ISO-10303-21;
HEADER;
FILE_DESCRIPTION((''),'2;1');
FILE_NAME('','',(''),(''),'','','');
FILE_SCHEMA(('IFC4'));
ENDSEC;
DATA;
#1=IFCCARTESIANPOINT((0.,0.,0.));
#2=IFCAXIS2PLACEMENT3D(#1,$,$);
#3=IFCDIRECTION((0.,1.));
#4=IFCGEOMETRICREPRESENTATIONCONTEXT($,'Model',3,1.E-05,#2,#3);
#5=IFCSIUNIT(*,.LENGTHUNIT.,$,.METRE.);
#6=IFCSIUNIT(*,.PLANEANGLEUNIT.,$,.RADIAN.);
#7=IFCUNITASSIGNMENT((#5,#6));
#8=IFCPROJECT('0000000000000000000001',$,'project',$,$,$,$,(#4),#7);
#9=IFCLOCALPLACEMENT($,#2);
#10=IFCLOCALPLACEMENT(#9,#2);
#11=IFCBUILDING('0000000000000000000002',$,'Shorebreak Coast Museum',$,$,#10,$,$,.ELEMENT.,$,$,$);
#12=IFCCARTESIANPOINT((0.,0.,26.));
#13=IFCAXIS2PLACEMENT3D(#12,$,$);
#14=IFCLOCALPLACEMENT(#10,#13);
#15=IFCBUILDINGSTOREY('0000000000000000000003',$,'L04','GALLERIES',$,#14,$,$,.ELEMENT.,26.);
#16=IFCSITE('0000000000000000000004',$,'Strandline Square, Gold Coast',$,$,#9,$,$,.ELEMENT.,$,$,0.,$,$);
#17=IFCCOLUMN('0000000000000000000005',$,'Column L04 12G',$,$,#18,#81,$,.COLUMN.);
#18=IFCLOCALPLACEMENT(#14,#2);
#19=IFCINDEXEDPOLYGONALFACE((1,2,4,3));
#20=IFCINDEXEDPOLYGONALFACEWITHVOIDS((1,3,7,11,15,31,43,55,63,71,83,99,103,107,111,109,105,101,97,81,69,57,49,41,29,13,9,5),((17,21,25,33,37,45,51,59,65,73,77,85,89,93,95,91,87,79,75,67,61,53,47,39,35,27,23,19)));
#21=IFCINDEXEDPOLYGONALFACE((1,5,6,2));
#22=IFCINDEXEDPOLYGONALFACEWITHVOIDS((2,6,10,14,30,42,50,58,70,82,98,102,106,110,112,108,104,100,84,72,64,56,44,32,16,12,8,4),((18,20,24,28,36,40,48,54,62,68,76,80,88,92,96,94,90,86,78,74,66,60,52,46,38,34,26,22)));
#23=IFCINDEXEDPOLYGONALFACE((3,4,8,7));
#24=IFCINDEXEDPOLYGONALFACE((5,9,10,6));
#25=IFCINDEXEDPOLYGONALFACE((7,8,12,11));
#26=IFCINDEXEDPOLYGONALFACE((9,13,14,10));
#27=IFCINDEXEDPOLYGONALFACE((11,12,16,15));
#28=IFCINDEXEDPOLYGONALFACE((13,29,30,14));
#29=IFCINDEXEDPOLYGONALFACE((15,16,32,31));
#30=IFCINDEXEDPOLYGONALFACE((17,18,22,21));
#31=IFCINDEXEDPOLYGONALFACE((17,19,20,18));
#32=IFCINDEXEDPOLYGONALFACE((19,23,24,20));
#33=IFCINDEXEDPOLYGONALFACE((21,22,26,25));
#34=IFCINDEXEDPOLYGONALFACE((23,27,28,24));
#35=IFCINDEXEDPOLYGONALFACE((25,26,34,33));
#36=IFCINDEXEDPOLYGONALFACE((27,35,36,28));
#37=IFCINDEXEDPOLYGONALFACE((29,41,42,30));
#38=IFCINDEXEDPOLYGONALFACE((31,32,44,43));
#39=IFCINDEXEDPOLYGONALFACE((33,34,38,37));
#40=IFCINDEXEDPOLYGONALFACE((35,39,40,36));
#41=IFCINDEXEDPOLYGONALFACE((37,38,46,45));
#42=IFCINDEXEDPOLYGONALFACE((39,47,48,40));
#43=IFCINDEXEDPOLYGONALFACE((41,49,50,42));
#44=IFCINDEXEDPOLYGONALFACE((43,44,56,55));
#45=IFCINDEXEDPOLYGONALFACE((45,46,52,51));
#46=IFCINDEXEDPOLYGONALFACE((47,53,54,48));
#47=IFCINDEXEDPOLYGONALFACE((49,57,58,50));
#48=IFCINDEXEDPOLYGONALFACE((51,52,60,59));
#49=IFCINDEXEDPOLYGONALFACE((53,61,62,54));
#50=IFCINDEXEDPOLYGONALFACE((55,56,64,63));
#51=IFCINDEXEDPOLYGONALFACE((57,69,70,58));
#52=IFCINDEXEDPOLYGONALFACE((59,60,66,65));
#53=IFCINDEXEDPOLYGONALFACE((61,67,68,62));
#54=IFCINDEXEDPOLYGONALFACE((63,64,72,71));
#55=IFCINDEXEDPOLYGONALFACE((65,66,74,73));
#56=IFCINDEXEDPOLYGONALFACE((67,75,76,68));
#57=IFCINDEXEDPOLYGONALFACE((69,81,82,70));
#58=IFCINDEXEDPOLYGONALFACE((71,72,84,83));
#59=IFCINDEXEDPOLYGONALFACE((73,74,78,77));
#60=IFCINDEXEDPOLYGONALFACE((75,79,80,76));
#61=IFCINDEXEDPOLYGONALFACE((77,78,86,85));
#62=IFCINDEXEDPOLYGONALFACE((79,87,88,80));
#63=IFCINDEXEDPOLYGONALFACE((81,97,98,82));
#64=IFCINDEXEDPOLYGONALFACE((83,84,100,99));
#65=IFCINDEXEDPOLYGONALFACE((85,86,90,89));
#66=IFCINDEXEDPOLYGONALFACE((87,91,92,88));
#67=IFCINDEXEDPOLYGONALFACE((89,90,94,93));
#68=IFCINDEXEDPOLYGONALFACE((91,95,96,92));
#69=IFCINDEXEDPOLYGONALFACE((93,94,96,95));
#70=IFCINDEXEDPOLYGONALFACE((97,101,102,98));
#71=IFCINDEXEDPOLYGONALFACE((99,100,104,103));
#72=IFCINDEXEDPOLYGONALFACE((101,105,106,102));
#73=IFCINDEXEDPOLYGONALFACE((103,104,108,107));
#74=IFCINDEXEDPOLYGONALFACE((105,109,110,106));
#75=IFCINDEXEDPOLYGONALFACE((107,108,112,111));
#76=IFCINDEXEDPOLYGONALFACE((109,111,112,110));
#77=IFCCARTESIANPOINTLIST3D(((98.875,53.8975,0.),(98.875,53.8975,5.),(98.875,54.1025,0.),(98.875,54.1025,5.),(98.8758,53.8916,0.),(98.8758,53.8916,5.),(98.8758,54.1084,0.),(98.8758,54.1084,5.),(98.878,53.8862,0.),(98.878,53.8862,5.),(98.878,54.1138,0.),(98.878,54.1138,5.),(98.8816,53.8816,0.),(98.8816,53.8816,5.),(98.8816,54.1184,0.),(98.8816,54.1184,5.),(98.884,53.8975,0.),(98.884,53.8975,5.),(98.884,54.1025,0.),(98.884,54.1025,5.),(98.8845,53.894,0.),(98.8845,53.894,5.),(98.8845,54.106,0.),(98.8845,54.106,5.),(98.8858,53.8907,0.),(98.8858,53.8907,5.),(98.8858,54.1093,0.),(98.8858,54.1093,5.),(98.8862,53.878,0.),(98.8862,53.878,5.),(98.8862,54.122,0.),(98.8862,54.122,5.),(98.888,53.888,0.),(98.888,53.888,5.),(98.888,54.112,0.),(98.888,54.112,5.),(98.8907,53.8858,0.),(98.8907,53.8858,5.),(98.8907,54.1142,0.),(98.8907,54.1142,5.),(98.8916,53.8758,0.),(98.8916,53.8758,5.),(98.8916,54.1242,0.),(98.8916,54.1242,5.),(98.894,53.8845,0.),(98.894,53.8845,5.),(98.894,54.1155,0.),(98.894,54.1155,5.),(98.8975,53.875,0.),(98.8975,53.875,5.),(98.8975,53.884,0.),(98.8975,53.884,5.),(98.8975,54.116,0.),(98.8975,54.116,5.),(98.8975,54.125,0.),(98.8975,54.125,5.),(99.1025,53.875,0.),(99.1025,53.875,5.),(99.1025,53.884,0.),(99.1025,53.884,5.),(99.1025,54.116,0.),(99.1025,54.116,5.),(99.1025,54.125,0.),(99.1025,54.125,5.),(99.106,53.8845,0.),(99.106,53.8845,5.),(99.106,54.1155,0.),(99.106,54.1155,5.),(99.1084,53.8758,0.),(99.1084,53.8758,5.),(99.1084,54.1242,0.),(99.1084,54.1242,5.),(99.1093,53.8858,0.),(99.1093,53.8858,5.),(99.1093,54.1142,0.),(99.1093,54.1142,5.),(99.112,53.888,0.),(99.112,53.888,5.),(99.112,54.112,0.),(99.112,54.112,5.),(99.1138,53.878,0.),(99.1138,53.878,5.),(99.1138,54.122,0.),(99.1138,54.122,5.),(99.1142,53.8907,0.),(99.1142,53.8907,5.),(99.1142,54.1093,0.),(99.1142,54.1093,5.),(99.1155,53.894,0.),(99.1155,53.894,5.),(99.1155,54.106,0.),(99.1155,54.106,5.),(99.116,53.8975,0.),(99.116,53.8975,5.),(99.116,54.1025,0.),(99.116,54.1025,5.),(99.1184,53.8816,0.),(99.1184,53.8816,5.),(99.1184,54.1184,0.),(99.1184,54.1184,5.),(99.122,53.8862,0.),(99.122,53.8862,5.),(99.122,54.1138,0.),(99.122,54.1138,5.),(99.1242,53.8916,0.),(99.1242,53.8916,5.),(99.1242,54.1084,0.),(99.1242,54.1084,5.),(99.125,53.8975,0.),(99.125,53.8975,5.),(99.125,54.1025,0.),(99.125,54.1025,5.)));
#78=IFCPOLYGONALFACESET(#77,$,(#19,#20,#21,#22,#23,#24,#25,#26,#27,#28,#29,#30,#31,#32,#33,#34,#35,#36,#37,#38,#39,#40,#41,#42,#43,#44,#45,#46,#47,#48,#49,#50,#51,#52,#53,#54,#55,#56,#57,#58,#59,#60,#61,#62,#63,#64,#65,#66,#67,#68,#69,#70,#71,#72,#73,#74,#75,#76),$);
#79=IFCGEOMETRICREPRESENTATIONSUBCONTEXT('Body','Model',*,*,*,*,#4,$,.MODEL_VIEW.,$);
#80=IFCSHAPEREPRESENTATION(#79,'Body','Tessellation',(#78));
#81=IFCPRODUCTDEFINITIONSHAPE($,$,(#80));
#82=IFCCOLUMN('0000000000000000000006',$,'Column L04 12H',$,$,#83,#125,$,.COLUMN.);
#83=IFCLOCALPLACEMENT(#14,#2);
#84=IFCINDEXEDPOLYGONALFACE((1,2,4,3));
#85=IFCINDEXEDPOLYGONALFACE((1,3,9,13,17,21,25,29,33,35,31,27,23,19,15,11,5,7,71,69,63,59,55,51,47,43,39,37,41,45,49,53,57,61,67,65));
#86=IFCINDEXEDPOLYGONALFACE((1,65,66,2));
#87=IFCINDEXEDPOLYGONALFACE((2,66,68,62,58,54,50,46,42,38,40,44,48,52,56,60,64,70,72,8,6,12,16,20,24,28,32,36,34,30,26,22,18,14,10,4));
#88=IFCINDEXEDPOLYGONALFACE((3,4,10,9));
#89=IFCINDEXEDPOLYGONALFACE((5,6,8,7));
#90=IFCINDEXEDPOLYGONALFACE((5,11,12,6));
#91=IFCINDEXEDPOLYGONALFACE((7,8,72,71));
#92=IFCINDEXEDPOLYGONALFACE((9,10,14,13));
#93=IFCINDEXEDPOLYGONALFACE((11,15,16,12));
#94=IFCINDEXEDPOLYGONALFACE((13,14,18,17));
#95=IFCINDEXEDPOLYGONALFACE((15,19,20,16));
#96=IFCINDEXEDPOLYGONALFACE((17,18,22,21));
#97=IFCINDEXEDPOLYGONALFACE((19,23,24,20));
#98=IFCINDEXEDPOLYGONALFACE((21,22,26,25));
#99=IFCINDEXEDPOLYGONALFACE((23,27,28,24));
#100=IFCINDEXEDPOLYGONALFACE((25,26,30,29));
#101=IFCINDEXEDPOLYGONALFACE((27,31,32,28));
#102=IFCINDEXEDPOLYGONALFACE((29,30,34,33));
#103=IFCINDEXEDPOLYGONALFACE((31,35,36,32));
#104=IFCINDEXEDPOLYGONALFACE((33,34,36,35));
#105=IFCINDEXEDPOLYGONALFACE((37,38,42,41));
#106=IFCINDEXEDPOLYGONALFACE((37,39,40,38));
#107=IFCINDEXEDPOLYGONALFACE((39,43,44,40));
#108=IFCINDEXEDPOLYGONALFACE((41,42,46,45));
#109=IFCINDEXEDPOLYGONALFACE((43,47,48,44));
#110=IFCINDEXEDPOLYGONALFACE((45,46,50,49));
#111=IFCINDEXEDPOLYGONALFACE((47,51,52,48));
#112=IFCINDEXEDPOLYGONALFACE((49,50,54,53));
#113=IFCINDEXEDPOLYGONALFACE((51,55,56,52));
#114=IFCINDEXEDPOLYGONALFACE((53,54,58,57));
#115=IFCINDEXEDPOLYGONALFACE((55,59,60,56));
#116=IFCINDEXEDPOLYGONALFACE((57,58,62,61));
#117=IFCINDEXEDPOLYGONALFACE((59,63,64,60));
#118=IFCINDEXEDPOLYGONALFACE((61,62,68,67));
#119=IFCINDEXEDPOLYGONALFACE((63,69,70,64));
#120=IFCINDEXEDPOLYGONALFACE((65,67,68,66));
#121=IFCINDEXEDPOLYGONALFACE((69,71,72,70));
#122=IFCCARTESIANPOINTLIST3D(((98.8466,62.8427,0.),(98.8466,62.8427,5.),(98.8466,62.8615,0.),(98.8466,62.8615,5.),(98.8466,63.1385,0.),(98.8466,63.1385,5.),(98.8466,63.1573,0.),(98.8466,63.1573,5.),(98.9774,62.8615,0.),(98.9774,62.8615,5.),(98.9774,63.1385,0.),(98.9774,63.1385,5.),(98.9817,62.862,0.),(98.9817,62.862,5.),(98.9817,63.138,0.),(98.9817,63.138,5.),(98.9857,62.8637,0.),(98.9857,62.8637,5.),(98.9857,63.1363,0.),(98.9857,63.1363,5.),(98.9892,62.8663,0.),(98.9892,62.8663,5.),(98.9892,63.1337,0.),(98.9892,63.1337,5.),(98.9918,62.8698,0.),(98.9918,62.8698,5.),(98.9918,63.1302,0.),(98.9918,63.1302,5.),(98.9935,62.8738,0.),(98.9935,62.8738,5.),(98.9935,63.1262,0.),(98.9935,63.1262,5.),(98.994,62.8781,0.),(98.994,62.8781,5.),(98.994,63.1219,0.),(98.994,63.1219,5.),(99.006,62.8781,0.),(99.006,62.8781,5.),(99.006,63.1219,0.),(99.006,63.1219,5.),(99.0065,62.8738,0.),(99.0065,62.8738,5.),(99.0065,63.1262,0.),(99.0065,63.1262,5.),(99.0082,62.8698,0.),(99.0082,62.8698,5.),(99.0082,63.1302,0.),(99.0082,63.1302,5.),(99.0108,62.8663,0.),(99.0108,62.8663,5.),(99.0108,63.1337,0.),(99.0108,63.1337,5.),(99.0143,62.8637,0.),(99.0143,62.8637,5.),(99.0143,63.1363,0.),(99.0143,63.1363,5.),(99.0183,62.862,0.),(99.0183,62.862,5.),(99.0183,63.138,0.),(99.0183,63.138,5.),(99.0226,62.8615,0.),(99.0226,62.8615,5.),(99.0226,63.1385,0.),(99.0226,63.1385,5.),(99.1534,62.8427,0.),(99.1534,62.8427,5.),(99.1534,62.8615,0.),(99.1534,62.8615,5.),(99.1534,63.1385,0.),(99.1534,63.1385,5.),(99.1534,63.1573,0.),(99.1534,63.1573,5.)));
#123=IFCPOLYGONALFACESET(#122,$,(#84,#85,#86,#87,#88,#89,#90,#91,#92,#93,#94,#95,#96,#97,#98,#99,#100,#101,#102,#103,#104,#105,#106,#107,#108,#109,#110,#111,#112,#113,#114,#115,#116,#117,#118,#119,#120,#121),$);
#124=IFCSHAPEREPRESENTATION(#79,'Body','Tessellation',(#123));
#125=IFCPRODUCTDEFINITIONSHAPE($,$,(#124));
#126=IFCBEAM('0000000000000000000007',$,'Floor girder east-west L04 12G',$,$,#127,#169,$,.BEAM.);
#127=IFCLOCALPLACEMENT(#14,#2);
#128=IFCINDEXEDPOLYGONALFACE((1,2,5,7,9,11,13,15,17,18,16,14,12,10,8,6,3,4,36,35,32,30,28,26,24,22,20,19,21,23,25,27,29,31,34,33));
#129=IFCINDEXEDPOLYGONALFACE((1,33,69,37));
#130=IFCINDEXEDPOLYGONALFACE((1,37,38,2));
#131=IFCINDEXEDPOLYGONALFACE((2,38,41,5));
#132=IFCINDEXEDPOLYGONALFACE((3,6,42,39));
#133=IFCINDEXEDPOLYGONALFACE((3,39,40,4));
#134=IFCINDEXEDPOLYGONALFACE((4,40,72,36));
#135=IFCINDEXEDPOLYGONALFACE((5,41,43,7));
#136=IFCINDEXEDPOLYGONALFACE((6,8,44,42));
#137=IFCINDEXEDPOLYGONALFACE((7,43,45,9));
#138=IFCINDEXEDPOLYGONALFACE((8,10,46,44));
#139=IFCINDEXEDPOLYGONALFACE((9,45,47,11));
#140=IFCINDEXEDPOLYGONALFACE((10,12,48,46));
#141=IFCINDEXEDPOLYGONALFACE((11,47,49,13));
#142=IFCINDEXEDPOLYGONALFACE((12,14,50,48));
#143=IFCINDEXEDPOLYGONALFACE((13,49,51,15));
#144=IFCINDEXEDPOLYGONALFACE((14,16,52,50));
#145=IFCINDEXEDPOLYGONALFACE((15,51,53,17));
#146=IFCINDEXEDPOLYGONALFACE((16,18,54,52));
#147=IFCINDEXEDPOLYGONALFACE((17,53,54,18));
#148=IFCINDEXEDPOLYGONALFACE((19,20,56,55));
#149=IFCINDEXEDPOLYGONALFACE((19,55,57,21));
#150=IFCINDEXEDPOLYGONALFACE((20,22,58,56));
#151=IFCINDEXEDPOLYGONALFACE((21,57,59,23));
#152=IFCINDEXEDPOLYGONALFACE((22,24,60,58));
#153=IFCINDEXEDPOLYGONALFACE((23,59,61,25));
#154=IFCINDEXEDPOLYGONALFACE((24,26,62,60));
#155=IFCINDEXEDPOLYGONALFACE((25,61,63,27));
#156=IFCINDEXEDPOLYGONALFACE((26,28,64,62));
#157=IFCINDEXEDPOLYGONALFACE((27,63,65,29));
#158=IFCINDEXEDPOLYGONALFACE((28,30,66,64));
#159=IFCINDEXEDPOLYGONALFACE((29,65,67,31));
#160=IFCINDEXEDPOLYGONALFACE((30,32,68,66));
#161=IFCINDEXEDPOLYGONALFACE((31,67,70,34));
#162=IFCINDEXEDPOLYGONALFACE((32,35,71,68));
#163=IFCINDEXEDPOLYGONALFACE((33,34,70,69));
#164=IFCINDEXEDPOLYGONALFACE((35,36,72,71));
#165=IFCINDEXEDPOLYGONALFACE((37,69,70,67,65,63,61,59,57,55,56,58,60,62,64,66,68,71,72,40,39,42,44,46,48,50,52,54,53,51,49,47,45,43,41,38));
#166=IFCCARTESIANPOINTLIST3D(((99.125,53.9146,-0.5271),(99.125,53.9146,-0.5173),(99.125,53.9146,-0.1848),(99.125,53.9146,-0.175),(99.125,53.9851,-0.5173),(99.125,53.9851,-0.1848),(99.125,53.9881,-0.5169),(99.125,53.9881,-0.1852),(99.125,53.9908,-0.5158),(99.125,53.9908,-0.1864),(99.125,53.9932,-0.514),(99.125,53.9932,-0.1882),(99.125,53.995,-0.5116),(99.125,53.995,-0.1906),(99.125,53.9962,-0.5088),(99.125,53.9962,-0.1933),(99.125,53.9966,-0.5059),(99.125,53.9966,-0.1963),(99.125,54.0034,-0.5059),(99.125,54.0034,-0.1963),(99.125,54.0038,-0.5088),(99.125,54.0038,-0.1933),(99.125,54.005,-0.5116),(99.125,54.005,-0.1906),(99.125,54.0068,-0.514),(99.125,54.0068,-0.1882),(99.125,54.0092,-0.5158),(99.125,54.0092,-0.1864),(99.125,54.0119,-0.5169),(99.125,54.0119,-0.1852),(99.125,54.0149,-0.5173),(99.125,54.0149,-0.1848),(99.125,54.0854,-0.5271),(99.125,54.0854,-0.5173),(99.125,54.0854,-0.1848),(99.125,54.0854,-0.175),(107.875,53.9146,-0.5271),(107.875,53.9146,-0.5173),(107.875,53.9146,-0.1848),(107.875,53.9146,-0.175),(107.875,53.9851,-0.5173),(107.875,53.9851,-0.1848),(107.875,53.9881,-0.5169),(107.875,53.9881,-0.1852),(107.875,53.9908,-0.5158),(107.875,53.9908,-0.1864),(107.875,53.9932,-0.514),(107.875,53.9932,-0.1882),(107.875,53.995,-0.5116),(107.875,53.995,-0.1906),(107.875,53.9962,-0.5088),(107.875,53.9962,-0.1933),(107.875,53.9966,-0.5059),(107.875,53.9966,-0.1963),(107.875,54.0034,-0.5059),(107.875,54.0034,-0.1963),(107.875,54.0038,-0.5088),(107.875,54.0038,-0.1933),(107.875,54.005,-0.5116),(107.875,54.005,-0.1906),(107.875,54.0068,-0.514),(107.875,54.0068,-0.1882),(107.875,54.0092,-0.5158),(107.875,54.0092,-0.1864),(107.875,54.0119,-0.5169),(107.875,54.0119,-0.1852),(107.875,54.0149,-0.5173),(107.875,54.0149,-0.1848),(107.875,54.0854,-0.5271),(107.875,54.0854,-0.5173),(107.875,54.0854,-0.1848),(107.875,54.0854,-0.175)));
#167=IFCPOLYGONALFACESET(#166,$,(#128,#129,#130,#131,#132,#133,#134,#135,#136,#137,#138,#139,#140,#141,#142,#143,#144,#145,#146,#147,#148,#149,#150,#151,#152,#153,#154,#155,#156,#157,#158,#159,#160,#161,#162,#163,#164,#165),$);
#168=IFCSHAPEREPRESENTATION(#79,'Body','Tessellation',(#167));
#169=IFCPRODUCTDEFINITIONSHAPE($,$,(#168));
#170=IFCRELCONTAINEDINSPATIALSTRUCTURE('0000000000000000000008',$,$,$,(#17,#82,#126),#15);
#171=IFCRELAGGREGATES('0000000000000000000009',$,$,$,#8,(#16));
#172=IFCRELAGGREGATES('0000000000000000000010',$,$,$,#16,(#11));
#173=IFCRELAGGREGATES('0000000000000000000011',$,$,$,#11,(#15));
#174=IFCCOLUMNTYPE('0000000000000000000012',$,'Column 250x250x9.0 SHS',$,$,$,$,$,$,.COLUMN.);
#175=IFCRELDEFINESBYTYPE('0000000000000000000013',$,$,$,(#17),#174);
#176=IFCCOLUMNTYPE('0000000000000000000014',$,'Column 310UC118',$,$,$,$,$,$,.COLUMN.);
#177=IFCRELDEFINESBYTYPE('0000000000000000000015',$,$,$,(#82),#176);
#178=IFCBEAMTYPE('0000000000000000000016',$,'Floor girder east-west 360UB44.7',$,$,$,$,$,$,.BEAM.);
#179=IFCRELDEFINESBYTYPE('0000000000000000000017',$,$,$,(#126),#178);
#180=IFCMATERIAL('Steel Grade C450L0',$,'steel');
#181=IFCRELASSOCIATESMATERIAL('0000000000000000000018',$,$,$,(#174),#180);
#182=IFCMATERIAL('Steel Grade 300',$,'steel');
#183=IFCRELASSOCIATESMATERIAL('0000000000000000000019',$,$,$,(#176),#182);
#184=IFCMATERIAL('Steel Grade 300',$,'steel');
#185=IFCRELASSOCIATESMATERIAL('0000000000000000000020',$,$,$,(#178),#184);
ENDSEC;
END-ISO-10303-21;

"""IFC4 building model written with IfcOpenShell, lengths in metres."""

from ifc_helpers import new_model, si_unit, direction, frame, origin, origin_2d, place, context, subcontext, project, spatial, hollow_rectangle, i_section, extrude, material, material_profile, profile_set, type_object, element, save


model = new_model("IFC4")

# Units and contexts
model_context = context("Model", 3, precision=1e-05, world=origin(), true_north=direction((0.0, 1.0)))
body_context = subcontext(model_context, "Body", "Model", "MODEL_VIEW")
ifc_project = project(units=[si_unit("LENGTHUNIT", "METRE"), si_unit("PLANEANGLEUNIT", "RADIAN")], contexts=[model_context])

# Site, building, storey
site_placement = place(None, origin())
site = spatial("IfcSite", under=ifc_project, at=site_placement, Name="Strandline Square, Gold Coast", CompositionType="ELEMENT", RefElevation=0.0)
building_placement = place(site_placement, origin())
building = spatial("IfcBuilding", under=site, at=building_placement, Name="Shorebreak Coast Museum", CompositionType="ELEMENT")
storey_placement = place(building_placement, frame((0.0, 0.0, 26.0)))
storey = spatial("IfcBuildingStorey", under=building, at=storey_placement, Name="L04", Description="GALLERIES", CompositionType="ELEMENT", Elevation=26.0)

# Columns
ifc_material_1 = material(Name="Steel Grade C450L0", Category="steel")
ifc_material_profile_1 = material_profile(ifc_material_1, hollow_rectangle(XDim=0.25, YDim=0.25, WallThickness=0.009, InnerFilletRadius=0.0134, OuterFilletRadius=0.0225, at=origin_2d()), Name="250x250x9.0 SHS")
ifc_profile_set_1 = profile_set([ifc_material_profile_1], Name="Steel Grade C450L0")
column_type_1 = type_object("IfcColumnType", Name="Column 250x250x9.0 SHS", PredefinedType="COLUMN", material=ifc_profile_set_1)
column_1_placement = place(storey_placement, frame((99.0, 54.0, 0.0), z_axis=(0.0, 0.0, 1.0), x_axis=(1.0, 0.0, 0.0)))
element("IfcColumn", 1, at=column_1_placement, inside=storey, type_object=column_type_1, Name="Column L04 12G", PredefinedType="COLUMN", context=body_context, shape_type="SweptSolid", body=[
    extrude(hollow_rectangle(XDim=0.25, YDim=0.25, WallThickness=0.009, InnerFilletRadius=0.0134, OuterFilletRadius=0.0225, at=origin_2d()), origin(), (0.0, 0.0, 1.0), 5.0),
])
ifc_material_2 = material(Name="Steel Grade 300", Category="steel")
ifc_material_profile_2 = material_profile(ifc_material_2, i_section(OverallWidth=0.3069, OverallDepth=0.3147, WebThickness=0.012, FlangeThickness=0.0188, FilletRadius=0.0166, at=origin_2d()), Name="310UC118")
ifc_profile_set_2 = profile_set([ifc_material_profile_2], Name="Steel Grade 300")
column_type_2 = type_object("IfcColumnType", Name="Column 310UC118", PredefinedType="COLUMN", material=ifc_profile_set_2)
column_2_placement = place(storey_placement, frame((99.0, 63.0, 0.0), z_axis=(0.0, 0.0, 1.0), x_axis=(1.0, 0.0, 0.0)))
element("IfcColumn", 2, at=column_2_placement, inside=storey, type_object=column_type_2, Name="Column L04 12H", PredefinedType="COLUMN", context=body_context, shape_type="SweptSolid", body=[
    extrude(i_section(OverallWidth=0.3069, OverallDepth=0.3147, WebThickness=0.012, FlangeThickness=0.0188, FilletRadius=0.0166, at=origin_2d()), origin(), (0.0, 0.0, 1.0), 5.0),
])

# Beam
ifc_material_3 = material(Name="Steel Grade 300", Category="steel")
ifc_material_profile_3 = material_profile(ifc_material_3, i_section(OverallWidth=0.1709, OverallDepth=0.3521, WebThickness=0.0068, FlangeThickness=0.0098, FilletRadius=0.0115, at=origin_2d()), Name="360UB44.7")
ifc_profile_set_3 = profile_set([ifc_material_profile_3], Name="Steel Grade 300")
beam_type_1 = type_object("IfcBeamType", Name="Floor girder east-west 360UB44.7", PredefinedType="BEAM", material=ifc_profile_set_3)
beam_1_placement = place(storey_placement, frame((99.125, 54.0, -0.3511), z_axis=(1.0, 0.0, 0.0), x_axis=(0.0, 1.0, 0.0)))
element("IfcBeam", 3, at=beam_1_placement, inside=storey, type_object=beam_type_1, Name="Floor girder east-west L04 12G", PredefinedType="BEAM", context=body_context, shape_type="SweptSolid", body=[
    extrude(i_section(OverallWidth=0.1709, OverallDepth=0.3521, WebThickness=0.0068, FlangeThickness=0.0098, FilletRadius=0.0115, at=origin_2d()), origin(), (0.0, 0.0, 1.0), 8.75),
])

save(model, "model.ifc")
